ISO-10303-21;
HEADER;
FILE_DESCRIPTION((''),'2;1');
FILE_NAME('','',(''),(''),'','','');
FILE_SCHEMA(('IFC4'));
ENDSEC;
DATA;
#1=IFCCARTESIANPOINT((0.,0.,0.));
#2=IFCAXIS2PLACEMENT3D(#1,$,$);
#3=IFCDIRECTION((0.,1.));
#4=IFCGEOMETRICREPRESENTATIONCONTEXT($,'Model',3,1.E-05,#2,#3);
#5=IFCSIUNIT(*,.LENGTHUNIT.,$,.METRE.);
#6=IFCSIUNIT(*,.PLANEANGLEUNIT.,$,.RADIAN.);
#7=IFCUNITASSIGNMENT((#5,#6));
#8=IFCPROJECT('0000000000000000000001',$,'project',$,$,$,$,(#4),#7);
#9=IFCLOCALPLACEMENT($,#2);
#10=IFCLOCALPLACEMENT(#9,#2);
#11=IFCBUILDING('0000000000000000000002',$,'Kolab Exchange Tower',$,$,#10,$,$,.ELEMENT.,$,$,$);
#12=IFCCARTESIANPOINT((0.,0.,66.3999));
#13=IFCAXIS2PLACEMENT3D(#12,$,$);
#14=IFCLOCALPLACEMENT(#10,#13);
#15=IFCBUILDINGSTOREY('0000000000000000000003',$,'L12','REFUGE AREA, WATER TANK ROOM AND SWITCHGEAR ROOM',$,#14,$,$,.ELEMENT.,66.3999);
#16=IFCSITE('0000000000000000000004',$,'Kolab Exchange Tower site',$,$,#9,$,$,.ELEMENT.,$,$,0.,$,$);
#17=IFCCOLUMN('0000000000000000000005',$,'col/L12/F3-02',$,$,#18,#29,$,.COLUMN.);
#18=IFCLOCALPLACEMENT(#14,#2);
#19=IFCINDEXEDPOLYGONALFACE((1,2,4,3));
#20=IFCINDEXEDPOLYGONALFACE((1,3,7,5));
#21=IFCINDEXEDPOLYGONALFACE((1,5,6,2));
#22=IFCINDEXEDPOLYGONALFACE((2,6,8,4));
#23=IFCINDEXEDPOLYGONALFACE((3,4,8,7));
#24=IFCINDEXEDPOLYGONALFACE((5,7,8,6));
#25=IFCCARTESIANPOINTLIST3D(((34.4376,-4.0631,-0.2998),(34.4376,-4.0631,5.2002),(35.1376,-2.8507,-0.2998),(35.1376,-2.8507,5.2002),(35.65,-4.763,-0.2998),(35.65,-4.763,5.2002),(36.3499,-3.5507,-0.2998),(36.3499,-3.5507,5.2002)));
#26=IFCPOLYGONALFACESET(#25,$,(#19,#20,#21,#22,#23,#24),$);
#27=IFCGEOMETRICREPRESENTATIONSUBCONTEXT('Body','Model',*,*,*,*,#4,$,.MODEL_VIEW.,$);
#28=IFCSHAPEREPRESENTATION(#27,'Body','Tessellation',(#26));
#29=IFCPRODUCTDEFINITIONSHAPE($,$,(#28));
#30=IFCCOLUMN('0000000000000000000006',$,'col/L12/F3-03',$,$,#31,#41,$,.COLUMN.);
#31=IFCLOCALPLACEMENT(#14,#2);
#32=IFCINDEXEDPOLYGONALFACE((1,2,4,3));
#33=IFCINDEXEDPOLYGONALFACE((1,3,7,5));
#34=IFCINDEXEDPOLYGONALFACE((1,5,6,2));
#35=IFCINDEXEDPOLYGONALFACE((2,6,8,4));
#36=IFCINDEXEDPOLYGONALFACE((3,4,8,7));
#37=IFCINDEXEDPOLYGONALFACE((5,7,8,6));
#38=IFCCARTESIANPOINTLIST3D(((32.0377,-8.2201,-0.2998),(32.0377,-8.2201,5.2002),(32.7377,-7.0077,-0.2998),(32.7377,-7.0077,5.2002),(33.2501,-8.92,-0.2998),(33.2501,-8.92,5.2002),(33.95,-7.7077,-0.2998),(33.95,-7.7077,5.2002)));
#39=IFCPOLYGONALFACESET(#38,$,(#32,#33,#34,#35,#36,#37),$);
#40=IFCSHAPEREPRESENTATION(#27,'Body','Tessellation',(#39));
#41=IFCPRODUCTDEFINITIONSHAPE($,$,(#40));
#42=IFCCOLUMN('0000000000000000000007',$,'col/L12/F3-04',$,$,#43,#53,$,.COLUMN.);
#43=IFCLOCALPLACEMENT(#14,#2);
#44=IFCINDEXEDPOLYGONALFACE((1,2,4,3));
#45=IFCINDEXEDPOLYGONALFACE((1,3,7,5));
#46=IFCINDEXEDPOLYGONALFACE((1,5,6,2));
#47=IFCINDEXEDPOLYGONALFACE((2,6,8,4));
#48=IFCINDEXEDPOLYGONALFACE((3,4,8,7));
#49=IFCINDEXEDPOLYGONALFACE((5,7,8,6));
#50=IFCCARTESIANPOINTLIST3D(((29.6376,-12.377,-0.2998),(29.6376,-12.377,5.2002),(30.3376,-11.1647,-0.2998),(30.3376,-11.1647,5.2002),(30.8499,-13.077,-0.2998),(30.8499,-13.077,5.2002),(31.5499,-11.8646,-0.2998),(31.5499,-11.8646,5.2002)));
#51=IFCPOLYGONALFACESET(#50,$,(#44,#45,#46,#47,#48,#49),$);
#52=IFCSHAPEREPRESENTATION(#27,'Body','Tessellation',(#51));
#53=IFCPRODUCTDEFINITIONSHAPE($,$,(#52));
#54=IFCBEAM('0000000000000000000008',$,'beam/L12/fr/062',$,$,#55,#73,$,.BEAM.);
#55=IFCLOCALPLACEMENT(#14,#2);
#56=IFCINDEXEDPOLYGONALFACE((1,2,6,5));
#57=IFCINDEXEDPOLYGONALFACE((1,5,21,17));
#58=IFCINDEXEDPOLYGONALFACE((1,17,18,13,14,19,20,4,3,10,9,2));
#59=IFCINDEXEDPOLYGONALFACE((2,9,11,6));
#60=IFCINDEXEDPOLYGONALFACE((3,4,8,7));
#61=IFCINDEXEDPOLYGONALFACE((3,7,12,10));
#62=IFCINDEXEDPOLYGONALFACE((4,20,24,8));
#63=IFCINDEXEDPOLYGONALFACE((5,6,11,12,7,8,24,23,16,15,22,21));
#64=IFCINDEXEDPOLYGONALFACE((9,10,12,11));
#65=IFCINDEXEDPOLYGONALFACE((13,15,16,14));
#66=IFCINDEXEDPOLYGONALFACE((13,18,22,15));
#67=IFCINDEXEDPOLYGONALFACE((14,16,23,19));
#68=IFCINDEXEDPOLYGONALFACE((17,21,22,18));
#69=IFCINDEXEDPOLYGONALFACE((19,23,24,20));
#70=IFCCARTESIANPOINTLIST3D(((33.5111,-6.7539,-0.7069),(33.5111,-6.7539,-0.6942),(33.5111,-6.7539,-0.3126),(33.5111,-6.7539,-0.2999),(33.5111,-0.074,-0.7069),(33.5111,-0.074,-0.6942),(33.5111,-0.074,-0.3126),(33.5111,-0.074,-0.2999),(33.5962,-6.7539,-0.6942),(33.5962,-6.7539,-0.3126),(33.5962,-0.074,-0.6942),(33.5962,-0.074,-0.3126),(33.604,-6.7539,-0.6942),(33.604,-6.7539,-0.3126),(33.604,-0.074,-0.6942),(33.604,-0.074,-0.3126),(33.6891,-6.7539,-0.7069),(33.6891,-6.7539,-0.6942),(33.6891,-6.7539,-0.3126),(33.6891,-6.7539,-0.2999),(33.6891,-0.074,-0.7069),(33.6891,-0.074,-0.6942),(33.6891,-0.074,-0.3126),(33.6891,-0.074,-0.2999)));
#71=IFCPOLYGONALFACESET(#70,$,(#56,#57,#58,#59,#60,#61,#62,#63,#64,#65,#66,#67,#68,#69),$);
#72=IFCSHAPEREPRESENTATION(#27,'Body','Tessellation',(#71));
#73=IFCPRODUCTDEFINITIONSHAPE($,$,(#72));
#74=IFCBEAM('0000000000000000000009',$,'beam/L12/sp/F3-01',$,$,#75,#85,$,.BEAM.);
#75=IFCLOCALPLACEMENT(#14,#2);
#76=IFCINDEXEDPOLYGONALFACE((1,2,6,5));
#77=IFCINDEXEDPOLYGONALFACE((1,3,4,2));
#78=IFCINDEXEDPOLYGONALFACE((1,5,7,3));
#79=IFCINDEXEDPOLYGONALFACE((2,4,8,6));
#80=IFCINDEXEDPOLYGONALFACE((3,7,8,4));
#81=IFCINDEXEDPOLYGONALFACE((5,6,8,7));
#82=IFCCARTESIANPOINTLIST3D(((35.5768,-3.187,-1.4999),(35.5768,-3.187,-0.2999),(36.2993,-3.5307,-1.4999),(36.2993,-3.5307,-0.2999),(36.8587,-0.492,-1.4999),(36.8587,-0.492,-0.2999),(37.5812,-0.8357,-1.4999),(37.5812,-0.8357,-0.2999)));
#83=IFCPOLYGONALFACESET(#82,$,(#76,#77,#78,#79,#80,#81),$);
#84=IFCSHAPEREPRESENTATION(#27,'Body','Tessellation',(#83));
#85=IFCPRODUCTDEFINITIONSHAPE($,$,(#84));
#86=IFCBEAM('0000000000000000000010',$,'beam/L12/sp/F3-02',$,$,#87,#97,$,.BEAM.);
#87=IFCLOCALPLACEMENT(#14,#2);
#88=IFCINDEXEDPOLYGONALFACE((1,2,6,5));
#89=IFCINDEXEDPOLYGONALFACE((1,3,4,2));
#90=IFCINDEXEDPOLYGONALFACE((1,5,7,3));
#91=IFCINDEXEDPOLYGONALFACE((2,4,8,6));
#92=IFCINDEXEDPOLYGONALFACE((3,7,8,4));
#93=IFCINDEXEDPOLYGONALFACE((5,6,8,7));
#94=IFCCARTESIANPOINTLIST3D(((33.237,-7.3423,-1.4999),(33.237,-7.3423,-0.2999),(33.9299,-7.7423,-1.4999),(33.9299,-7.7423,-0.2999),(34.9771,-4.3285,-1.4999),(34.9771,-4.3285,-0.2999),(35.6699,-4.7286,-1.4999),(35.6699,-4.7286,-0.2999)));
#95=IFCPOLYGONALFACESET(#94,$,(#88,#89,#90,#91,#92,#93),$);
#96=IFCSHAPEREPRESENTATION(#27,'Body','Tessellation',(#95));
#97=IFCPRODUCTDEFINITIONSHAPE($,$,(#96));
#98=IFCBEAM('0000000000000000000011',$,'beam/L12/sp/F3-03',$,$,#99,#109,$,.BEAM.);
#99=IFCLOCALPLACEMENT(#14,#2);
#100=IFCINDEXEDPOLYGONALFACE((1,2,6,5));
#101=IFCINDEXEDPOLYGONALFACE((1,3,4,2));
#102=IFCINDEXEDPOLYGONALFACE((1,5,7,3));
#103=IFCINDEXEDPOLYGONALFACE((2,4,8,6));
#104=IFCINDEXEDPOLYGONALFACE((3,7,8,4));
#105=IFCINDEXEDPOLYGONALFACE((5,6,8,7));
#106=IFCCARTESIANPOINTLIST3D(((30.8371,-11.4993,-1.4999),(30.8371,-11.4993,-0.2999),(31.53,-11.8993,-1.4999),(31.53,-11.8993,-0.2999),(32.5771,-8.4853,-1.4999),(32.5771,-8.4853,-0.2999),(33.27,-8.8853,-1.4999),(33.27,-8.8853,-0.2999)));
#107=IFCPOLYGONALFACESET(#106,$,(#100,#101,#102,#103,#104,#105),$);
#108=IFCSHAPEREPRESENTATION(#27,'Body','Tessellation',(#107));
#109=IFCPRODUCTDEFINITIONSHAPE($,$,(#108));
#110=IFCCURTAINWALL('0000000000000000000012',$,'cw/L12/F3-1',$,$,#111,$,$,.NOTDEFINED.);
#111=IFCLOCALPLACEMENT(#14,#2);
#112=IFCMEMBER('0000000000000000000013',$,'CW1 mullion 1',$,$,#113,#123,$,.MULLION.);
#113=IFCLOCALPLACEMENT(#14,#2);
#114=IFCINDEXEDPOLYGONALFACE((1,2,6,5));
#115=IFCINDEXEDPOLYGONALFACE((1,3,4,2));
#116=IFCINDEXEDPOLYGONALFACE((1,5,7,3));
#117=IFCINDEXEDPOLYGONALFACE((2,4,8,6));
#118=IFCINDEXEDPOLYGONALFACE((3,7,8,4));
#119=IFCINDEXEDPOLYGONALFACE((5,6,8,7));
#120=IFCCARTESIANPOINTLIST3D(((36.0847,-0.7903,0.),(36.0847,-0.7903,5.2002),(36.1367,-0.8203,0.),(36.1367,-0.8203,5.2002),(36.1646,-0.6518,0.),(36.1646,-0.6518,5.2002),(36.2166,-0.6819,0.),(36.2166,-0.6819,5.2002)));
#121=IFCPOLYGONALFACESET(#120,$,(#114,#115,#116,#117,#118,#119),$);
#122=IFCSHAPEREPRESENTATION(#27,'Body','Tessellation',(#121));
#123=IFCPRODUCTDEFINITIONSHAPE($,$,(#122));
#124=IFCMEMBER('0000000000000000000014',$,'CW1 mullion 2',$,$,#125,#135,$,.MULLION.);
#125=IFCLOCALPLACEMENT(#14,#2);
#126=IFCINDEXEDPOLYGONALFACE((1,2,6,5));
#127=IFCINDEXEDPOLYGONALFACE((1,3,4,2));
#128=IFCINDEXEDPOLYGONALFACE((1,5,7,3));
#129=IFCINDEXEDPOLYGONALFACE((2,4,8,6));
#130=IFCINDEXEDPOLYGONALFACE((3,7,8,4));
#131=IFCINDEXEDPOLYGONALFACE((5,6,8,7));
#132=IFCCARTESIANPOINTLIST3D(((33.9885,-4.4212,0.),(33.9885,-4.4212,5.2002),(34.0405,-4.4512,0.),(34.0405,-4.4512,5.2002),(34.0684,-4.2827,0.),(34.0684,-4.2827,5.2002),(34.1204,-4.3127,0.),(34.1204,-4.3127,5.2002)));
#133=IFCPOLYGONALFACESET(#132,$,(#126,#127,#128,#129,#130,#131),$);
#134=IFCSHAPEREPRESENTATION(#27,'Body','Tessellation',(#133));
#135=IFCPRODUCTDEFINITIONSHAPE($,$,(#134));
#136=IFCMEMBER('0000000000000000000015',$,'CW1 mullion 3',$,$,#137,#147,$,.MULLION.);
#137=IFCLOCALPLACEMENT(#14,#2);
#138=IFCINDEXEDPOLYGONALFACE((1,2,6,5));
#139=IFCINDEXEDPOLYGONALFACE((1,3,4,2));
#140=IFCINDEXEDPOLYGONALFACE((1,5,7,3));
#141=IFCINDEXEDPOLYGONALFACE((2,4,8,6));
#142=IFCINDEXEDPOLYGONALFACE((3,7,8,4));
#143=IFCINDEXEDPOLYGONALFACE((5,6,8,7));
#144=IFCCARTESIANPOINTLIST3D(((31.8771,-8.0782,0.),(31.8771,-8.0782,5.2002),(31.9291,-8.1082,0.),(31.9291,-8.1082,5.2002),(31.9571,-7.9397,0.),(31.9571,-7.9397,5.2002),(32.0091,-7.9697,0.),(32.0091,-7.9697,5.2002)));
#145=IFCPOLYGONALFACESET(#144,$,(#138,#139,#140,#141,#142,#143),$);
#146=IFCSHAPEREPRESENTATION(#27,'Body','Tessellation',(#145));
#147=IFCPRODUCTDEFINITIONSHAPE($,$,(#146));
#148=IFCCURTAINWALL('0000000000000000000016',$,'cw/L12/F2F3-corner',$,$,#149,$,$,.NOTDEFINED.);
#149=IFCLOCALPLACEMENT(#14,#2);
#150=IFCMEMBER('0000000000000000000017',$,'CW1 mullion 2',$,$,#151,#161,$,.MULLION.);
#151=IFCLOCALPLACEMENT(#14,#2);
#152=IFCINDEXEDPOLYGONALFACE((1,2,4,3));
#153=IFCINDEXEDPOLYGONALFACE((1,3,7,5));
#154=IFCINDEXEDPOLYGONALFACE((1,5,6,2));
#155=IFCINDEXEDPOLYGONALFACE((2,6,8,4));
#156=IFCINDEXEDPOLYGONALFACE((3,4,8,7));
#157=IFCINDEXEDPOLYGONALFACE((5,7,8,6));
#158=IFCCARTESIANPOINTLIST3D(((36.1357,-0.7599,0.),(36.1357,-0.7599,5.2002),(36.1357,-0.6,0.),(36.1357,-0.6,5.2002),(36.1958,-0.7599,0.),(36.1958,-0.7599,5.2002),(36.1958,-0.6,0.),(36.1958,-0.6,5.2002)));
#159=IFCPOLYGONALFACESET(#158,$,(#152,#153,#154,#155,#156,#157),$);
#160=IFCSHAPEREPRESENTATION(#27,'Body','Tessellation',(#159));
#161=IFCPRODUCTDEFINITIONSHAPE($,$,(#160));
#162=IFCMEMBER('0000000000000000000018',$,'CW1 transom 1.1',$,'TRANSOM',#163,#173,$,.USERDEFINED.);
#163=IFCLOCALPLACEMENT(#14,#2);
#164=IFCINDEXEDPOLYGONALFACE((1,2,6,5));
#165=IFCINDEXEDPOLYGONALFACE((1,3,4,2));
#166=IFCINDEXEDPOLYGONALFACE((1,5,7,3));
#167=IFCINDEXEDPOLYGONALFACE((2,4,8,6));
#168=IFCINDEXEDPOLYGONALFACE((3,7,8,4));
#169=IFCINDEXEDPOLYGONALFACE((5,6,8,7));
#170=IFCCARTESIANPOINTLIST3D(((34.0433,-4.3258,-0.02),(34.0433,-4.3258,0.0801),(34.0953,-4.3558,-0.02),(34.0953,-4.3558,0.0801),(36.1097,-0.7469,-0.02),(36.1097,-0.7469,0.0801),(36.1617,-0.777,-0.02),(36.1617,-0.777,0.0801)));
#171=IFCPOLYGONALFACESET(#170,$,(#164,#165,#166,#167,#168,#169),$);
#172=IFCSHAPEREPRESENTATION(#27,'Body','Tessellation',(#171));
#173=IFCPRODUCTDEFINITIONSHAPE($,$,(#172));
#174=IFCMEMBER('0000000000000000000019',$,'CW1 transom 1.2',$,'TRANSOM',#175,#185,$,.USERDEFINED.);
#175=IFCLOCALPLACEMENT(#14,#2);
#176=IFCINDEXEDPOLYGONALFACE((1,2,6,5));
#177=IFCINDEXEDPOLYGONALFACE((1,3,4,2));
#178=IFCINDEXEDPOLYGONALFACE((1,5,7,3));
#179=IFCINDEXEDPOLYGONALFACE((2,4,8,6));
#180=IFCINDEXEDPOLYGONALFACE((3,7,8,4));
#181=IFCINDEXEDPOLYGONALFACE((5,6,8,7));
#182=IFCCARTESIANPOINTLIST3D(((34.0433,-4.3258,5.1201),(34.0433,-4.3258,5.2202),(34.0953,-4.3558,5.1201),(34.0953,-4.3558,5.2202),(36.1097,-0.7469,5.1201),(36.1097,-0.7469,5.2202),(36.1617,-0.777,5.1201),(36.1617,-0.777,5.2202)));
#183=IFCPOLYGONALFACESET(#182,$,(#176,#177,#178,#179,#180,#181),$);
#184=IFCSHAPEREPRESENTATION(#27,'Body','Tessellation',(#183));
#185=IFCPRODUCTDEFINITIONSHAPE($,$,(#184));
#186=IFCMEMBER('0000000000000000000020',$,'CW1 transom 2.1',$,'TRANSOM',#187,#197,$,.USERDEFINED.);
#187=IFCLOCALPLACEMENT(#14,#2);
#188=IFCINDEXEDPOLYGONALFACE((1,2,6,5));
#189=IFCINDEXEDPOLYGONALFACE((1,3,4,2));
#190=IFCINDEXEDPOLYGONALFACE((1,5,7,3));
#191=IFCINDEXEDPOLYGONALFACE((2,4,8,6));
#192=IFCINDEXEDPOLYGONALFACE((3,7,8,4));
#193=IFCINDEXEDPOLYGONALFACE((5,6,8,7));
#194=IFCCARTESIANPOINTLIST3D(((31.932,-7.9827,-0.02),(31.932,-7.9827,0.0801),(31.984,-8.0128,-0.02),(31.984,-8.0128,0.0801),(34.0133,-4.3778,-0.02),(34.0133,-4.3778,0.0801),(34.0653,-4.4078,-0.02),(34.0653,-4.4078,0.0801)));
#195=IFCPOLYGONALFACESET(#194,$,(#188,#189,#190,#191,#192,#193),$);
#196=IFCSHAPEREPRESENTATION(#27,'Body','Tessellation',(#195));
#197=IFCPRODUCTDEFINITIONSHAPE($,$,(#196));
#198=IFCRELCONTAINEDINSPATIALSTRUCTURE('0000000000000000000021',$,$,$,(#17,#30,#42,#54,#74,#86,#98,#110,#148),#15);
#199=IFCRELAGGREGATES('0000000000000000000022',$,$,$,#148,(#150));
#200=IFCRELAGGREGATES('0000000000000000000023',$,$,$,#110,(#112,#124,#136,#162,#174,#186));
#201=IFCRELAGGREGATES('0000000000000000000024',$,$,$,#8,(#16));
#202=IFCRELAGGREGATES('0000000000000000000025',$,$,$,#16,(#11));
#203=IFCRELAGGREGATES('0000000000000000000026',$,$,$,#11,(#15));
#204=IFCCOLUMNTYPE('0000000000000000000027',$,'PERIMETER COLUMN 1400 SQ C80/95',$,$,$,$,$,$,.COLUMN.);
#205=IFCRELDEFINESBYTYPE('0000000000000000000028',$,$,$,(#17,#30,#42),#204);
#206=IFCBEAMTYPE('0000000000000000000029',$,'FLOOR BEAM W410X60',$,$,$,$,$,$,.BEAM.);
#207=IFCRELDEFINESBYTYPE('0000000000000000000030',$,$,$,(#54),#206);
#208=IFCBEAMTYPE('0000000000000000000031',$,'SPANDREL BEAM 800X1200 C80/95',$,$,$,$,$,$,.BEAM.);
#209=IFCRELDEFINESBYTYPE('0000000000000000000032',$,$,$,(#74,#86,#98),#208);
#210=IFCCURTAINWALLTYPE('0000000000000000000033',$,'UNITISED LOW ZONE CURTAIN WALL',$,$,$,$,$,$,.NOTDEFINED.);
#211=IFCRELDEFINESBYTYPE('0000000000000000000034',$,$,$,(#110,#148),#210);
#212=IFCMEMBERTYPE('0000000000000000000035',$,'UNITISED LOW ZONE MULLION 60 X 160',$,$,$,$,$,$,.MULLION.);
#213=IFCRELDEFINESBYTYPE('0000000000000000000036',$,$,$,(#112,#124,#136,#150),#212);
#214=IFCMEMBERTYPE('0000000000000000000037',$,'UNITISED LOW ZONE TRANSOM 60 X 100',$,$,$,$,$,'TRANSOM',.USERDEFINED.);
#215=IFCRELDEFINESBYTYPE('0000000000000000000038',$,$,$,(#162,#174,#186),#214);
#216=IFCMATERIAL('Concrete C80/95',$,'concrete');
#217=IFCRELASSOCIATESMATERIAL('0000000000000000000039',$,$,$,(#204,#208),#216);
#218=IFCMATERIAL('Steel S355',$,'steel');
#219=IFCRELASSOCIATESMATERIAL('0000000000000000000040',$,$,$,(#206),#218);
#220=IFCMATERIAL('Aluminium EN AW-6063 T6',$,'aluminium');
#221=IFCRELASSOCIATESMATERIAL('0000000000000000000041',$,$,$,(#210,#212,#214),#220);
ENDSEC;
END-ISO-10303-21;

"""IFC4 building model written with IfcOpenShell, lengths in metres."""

from ifc_helpers import new_model, si_unit, direction, frame, origin, origin_2d, place, context, subcontext, project, spatial, rectangle, i_section, extrude, material, material_profile, profile_set, type_object, element, aggregate, save


model = new_model("IFC4")

# Units and contexts
model_context = context("Model", 3, precision=1e-05, world=origin(), true_north=direction((0.0, 1.0)))
body_context = subcontext(model_context, "Body", "Model", "MODEL_VIEW")
ifc_project = project(units=[si_unit("LENGTHUNIT", "METRE"), si_unit("PLANEANGLEUNIT", "RADIAN")], contexts=[model_context])

# Site, building, storey
site_placement = place(None, origin())
site = spatial("IfcSite", under=ifc_project, at=site_placement, Name="Kolab Exchange Tower site", CompositionType="ELEMENT", RefElevation=0.0)
building_placement = place(site_placement, origin())
building = spatial("IfcBuilding", under=site, at=building_placement, Name="Kolab Exchange Tower", CompositionType="ELEMENT")
storey_placement = place(building_placement, frame((0.0, 0.0, 66.3999)))
storey = spatial("IfcBuildingStorey", under=building, at=storey_placement, Name="L12", Description="REFUGE AREA, WATER TANK ROOM AND SWITCHGEAR ROOM", CompositionType="ELEMENT", Elevation=66.3999)

# Columns
ifc_material_1 = material(Name="Concrete C80/95", Category="concrete")
ifc_material_profile_1 = material_profile(ifc_material_1, rectangle(XDim=1.3999, YDim=1.3999, at=origin_2d()), Name="RC1400")
ifc_profile_set_1 = profile_set([ifc_material_profile_1], Name="Concrete C80/95")
column_type = type_object("IfcColumnType", Name="PERIMETER COLUMN 1400 SQ C80/95", PredefinedType="COLUMN", material=ifc_profile_set_1)
for number, where, z_axis, x_axis, name in (
    (1, (35.3938, -3.8069, -0.2998), (0.0, 0.0, 1.0), (0.5, 0.866025, 0.0), "col/L12/F3-02"),
    (2, (32.9939, -7.9639, -0.2998), (0.0, 0.0, 1.0), (0.5, 0.866025, 0.0), "col/L12/F3-03"),
    (3, (30.5938, -12.1208, -0.2998), (0.0, 0.0, 1.0), (0.5, 0.866025, 0.0), "col/L12/F3-04"),
):
    element("IfcColumn", number, at=place(storey_placement, frame(where, z_axis=z_axis, x_axis=x_axis)), inside=storey, type_object=column_type, Name=name, PredefinedType="COLUMN", context=body_context, shape_type="SweptSolid", body=[
        extrude(rectangle(XDim=1.3999, YDim=1.3999, at=origin_2d()), origin(), (0.0, 0.0, 1.0), 5.5),
    ])

# Beams
ifc_material_2 = material(Name="Steel S355", Category="steel")
ifc_material_profile_2 = material_profile(ifc_material_2, i_section(OverallWidth=0.178, OverallDepth=0.407, WebThickness=0.0078, FlangeThickness=0.0127, at=origin_2d()), Name="W410X60")
ifc_profile_set_2 = profile_set([ifc_material_profile_2], Name="Steel S355")
beam_type_1 = type_object("IfcBeamType", Name="FLOOR BEAM W410X60", PredefinedType="BEAM", material=ifc_profile_set_2)
beam_1_placement = place(storey_placement, frame((33.6001, -6.7539, -0.5034), z_axis=(0.0, 1.0, 0.0), x_axis=(-1.0, 0.0, 0.0)))
element("IfcBeam", 4, at=beam_1_placement, inside=storey, type_object=beam_type_1, Name="beam/L12/fr/062", PredefinedType="BEAM", context=body_context, shape_type="SweptSolid", body=[
    extrude(i_section(OverallWidth=0.178, OverallDepth=0.407, WebThickness=0.0078, FlangeThickness=0.0127, at=origin_2d()), origin(), (0.0, 0.0, 1.0), 6.6799),
])
ifc_material_profile_3 = material_profile(ifc_material_1, rectangle(XDim=0.8, YDim=1.2, at=origin_2d()), Name="RC800X1200")
ifc_profile_set_3 = profile_set([ifc_material_profile_3], Name="Concrete C80/95")
beam_type_2 = type_object("IfcBeamType", Name="SPANDREL BEAM 800X1200 C80/95", PredefinedType="BEAM", material=ifc_profile_set_3)
beam_2_placement = place(storey_placement, frame((37.22, -0.6638, -0.8999), z_axis=(-0.429556, -0.90304, 0.0), x_axis=(0.90304, -0.429556, 0.0)))
element("IfcBeam", 5, at=beam_2_placement, inside=storey, type_object=beam_type_2, Name="beam/L12/sp/F3-01", PredefinedType="BEAM", context=body_context, shape_type="SweptSolid", body=[
    extrude(rectangle(XDim=0.8, YDim=1.2, at=origin_2d()), origin(), (0.0, 0.0, 1.0), 2.9844),
])
beam_3_placement = place(storey_placement, frame((35.3235, -4.5286, -0.8999), z_axis=(-0.50001, -0.86602, 0.0), x_axis=(0.86602, -0.50001, 0.0)))
element("IfcBeam", 6, at=beam_3_placement, inside=storey, type_object=beam_type_2, Name="beam/L12/sp/F3-02", PredefinedType="BEAM", context=body_context, shape_type="SweptSolid", body=[
    extrude(rectangle(XDim=0.8, YDim=1.2, at=origin_2d()), origin(), (0.0, 0.0, 1.0), 3.48),
])
beam_4_placement = place(storey_placement, frame((32.9236, -8.6853, -0.8999), z_axis=(-0.49998, -0.866037, 0.0), x_axis=(0.866037, -0.49998, 0.0)))
element("IfcBeam", 7, at=beam_4_placement, inside=storey, type_object=beam_type_2, Name="beam/L12/sp/F3-03", PredefinedType="BEAM", context=body_context, shape_type="SweptSolid", body=[
    extrude(rectangle(XDim=0.8, YDim=1.2, at=origin_2d()), origin(), (0.0, 0.0, 1.0), 3.4802),
])

# Curtain wall, members
ifc_material_3 = material(Name="Aluminium EN AW-6063 T6", Category="aluminium")
curtain_wall_type = type_object("IfcCurtainWallType", Name="UNITISED LOW ZONE CURTAIN WALL", PredefinedType="NOTDEFINED", material=ifc_material_3)
curtain_wall_1_placement = place(storey_placement, origin())
curtain_wall_1 = element("IfcCurtainWall", 8, at=curtain_wall_1_placement, inside=storey, type_object=curtain_wall_type, Name="cw/L12/F3-1", PredefinedType="NOTDEFINED")
ifc_material_profile_4 = material_profile(ifc_material_3, rectangle(XDim=0.0601, YDim=0.1599, at=origin_2d()), Name="RECT 60X160")
ifc_profile_set_4 = profile_set([ifc_material_profile_4], Name="Aluminium EN AW-6063 T6")
member_type_1 = type_object("IfcMemberType", Name="UNITISED LOW ZONE MULLION 60 X 160", PredefinedType="MULLION", material=ifc_profile_set_4)
member_1_placement = place(storey_placement, frame((36.1506, -0.7361, 0.0), z_axis=(0.0, 0.0, 1.0), x_axis=(0.866025, -0.5, 0.0)))
member_1 = element("IfcMember", 9, at=member_1_placement, type_object=member_type_1, Name="CW1 mullion 1", PredefinedType="MULLION", context=body_context, shape_type="SweptSolid", body=[
    extrude(rectangle(XDim=0.0601, YDim=0.1599, at=origin_2d()), origin(), (0.0, 0.0, 1.0), 5.2002),
])
member_2_placement = place(storey_placement, frame((34.0544, -4.3669, 0.0), z_axis=(0.0, 0.0, 1.0), x_axis=(0.866025, -0.5, 0.0)))
member_2 = element("IfcMember", 10, at=member_2_placement, type_object=member_type_1, Name="CW1 mullion 2", PredefinedType="MULLION", context=body_context, shape_type="SweptSolid", body=[
    extrude(rectangle(XDim=0.0601, YDim=0.1599, at=origin_2d()), origin(), (0.0, 0.0, 1.0), 5.2002),
])
member_3_placement = place(storey_placement, frame((31.9431, -8.0239, 0.0), z_axis=(0.0, 0.0, 1.0), x_axis=(0.866025, -0.5, 0.0)))
member_3 = element("IfcMember", 11, at=member_3_placement, type_object=member_type_1, Name="CW1 mullion 3", PredefinedType="MULLION", context=body_context, shape_type="SweptSolid", body=[
    extrude(rectangle(XDim=0.0601, YDim=0.1599, at=origin_2d()), origin(), (0.0, 0.0, 1.0), 5.2002),
])

# Curtain wall, member
curtain_wall_2_placement = place(storey_placement, origin())
curtain_wall_2 = element("IfcCurtainWall", 12, at=curtain_wall_2_placement, inside=storey, type_object=curtain_wall_type, Name="cw/L12/F2F3-corner", PredefinedType="NOTDEFINED")
member_4_placement = place(storey_placement, frame((36.1658, -0.6799, 0.0), z_axis=(0.0, 0.0, 1.0), x_axis=(1.0, 0.0, 0.0)))
member_4 = element("IfcMember", 13, at=member_4_placement, type_object=member_type_1, Name="CW1 mullion 2", PredefinedType="MULLION", context=body_context, shape_type="SweptSolid", body=[
    extrude(rectangle(XDim=0.0601, YDim=0.1599, at=origin_2d()), origin(), (0.0, 0.0, 1.0), 5.2002),
])
aggregate(curtain_wall_2, [member_4])

# Members
ifc_material_profile_5 = material_profile(ifc_material_3, rectangle(XDim=0.0601, YDim=0.1001, at=origin_2d()), Name="RECT 60X100")
ifc_profile_set_5 = profile_set([ifc_material_profile_5], Name="Aluminium EN AW-6063 T6")
member_type_2 = type_object("IfcMemberType", Name="UNITISED LOW ZONE TRANSOM 60 X 100", ElementType="TRANSOM", PredefinedType="USERDEFINED", material=ifc_profile_set_5)
member_5_placement = place(storey_placement, frame((36.1357, -0.762, 0.03), z_axis=(-0.500028, -0.866009, 0.0), x_axis=(0.866009, -0.500028, 0.0)))
member_5 = element("IfcMember", 14, at=member_5_placement, type_object=member_type_2, Name="CW1 transom 1.1", ObjectType="TRANSOM", PredefinedType="USERDEFINED", context=body_context, shape_type="SweptSolid", body=[
    extrude(rectangle(XDim=0.0601, YDim=0.1001, at=origin_2d()), origin(), (0.0, 0.0, 1.0), 4.1326),
])
member_6_placement = place(storey_placement, frame((36.1357, -0.762, 5.1702), z_axis=(-0.500028, -0.866009, 0.0), x_axis=(0.866009, -0.500028, 0.0)))
member_6 = element("IfcMember", 15, at=member_6_placement, type_object=member_type_2, Name="CW1 transom 1.2", ObjectType="TRANSOM", PredefinedType="USERDEFINED", context=body_context, shape_type="SweptSolid", body=[
    extrude(rectangle(XDim=0.0601, YDim=0.1001, at=origin_2d()), origin(), (0.0, 0.0, 1.0), 4.1326),
])
member_7_placement = place(storey_placement, frame((34.0393, -4.3928, 0.03), z_axis=(-0.499993, -0.866029, 0.0), x_axis=(0.866029, -0.499993, 0.0)))
member_7 = element("IfcMember", 16, at=member_7_placement, type_object=member_type_2, Name="CW1 transom 2.1", ObjectType="TRANSOM", PredefinedType="USERDEFINED", context=body_context, shape_type="SweptSolid", body=[
    extrude(rectangle(XDim=0.0601, YDim=0.1001, at=origin_2d()), origin(), (0.0, 0.0, 1.0), 4.1626),
])

aggregate(curtain_wall_1, [member_1, member_2, member_3, member_5, member_6, member_7])

save(model, "model.ifc")
